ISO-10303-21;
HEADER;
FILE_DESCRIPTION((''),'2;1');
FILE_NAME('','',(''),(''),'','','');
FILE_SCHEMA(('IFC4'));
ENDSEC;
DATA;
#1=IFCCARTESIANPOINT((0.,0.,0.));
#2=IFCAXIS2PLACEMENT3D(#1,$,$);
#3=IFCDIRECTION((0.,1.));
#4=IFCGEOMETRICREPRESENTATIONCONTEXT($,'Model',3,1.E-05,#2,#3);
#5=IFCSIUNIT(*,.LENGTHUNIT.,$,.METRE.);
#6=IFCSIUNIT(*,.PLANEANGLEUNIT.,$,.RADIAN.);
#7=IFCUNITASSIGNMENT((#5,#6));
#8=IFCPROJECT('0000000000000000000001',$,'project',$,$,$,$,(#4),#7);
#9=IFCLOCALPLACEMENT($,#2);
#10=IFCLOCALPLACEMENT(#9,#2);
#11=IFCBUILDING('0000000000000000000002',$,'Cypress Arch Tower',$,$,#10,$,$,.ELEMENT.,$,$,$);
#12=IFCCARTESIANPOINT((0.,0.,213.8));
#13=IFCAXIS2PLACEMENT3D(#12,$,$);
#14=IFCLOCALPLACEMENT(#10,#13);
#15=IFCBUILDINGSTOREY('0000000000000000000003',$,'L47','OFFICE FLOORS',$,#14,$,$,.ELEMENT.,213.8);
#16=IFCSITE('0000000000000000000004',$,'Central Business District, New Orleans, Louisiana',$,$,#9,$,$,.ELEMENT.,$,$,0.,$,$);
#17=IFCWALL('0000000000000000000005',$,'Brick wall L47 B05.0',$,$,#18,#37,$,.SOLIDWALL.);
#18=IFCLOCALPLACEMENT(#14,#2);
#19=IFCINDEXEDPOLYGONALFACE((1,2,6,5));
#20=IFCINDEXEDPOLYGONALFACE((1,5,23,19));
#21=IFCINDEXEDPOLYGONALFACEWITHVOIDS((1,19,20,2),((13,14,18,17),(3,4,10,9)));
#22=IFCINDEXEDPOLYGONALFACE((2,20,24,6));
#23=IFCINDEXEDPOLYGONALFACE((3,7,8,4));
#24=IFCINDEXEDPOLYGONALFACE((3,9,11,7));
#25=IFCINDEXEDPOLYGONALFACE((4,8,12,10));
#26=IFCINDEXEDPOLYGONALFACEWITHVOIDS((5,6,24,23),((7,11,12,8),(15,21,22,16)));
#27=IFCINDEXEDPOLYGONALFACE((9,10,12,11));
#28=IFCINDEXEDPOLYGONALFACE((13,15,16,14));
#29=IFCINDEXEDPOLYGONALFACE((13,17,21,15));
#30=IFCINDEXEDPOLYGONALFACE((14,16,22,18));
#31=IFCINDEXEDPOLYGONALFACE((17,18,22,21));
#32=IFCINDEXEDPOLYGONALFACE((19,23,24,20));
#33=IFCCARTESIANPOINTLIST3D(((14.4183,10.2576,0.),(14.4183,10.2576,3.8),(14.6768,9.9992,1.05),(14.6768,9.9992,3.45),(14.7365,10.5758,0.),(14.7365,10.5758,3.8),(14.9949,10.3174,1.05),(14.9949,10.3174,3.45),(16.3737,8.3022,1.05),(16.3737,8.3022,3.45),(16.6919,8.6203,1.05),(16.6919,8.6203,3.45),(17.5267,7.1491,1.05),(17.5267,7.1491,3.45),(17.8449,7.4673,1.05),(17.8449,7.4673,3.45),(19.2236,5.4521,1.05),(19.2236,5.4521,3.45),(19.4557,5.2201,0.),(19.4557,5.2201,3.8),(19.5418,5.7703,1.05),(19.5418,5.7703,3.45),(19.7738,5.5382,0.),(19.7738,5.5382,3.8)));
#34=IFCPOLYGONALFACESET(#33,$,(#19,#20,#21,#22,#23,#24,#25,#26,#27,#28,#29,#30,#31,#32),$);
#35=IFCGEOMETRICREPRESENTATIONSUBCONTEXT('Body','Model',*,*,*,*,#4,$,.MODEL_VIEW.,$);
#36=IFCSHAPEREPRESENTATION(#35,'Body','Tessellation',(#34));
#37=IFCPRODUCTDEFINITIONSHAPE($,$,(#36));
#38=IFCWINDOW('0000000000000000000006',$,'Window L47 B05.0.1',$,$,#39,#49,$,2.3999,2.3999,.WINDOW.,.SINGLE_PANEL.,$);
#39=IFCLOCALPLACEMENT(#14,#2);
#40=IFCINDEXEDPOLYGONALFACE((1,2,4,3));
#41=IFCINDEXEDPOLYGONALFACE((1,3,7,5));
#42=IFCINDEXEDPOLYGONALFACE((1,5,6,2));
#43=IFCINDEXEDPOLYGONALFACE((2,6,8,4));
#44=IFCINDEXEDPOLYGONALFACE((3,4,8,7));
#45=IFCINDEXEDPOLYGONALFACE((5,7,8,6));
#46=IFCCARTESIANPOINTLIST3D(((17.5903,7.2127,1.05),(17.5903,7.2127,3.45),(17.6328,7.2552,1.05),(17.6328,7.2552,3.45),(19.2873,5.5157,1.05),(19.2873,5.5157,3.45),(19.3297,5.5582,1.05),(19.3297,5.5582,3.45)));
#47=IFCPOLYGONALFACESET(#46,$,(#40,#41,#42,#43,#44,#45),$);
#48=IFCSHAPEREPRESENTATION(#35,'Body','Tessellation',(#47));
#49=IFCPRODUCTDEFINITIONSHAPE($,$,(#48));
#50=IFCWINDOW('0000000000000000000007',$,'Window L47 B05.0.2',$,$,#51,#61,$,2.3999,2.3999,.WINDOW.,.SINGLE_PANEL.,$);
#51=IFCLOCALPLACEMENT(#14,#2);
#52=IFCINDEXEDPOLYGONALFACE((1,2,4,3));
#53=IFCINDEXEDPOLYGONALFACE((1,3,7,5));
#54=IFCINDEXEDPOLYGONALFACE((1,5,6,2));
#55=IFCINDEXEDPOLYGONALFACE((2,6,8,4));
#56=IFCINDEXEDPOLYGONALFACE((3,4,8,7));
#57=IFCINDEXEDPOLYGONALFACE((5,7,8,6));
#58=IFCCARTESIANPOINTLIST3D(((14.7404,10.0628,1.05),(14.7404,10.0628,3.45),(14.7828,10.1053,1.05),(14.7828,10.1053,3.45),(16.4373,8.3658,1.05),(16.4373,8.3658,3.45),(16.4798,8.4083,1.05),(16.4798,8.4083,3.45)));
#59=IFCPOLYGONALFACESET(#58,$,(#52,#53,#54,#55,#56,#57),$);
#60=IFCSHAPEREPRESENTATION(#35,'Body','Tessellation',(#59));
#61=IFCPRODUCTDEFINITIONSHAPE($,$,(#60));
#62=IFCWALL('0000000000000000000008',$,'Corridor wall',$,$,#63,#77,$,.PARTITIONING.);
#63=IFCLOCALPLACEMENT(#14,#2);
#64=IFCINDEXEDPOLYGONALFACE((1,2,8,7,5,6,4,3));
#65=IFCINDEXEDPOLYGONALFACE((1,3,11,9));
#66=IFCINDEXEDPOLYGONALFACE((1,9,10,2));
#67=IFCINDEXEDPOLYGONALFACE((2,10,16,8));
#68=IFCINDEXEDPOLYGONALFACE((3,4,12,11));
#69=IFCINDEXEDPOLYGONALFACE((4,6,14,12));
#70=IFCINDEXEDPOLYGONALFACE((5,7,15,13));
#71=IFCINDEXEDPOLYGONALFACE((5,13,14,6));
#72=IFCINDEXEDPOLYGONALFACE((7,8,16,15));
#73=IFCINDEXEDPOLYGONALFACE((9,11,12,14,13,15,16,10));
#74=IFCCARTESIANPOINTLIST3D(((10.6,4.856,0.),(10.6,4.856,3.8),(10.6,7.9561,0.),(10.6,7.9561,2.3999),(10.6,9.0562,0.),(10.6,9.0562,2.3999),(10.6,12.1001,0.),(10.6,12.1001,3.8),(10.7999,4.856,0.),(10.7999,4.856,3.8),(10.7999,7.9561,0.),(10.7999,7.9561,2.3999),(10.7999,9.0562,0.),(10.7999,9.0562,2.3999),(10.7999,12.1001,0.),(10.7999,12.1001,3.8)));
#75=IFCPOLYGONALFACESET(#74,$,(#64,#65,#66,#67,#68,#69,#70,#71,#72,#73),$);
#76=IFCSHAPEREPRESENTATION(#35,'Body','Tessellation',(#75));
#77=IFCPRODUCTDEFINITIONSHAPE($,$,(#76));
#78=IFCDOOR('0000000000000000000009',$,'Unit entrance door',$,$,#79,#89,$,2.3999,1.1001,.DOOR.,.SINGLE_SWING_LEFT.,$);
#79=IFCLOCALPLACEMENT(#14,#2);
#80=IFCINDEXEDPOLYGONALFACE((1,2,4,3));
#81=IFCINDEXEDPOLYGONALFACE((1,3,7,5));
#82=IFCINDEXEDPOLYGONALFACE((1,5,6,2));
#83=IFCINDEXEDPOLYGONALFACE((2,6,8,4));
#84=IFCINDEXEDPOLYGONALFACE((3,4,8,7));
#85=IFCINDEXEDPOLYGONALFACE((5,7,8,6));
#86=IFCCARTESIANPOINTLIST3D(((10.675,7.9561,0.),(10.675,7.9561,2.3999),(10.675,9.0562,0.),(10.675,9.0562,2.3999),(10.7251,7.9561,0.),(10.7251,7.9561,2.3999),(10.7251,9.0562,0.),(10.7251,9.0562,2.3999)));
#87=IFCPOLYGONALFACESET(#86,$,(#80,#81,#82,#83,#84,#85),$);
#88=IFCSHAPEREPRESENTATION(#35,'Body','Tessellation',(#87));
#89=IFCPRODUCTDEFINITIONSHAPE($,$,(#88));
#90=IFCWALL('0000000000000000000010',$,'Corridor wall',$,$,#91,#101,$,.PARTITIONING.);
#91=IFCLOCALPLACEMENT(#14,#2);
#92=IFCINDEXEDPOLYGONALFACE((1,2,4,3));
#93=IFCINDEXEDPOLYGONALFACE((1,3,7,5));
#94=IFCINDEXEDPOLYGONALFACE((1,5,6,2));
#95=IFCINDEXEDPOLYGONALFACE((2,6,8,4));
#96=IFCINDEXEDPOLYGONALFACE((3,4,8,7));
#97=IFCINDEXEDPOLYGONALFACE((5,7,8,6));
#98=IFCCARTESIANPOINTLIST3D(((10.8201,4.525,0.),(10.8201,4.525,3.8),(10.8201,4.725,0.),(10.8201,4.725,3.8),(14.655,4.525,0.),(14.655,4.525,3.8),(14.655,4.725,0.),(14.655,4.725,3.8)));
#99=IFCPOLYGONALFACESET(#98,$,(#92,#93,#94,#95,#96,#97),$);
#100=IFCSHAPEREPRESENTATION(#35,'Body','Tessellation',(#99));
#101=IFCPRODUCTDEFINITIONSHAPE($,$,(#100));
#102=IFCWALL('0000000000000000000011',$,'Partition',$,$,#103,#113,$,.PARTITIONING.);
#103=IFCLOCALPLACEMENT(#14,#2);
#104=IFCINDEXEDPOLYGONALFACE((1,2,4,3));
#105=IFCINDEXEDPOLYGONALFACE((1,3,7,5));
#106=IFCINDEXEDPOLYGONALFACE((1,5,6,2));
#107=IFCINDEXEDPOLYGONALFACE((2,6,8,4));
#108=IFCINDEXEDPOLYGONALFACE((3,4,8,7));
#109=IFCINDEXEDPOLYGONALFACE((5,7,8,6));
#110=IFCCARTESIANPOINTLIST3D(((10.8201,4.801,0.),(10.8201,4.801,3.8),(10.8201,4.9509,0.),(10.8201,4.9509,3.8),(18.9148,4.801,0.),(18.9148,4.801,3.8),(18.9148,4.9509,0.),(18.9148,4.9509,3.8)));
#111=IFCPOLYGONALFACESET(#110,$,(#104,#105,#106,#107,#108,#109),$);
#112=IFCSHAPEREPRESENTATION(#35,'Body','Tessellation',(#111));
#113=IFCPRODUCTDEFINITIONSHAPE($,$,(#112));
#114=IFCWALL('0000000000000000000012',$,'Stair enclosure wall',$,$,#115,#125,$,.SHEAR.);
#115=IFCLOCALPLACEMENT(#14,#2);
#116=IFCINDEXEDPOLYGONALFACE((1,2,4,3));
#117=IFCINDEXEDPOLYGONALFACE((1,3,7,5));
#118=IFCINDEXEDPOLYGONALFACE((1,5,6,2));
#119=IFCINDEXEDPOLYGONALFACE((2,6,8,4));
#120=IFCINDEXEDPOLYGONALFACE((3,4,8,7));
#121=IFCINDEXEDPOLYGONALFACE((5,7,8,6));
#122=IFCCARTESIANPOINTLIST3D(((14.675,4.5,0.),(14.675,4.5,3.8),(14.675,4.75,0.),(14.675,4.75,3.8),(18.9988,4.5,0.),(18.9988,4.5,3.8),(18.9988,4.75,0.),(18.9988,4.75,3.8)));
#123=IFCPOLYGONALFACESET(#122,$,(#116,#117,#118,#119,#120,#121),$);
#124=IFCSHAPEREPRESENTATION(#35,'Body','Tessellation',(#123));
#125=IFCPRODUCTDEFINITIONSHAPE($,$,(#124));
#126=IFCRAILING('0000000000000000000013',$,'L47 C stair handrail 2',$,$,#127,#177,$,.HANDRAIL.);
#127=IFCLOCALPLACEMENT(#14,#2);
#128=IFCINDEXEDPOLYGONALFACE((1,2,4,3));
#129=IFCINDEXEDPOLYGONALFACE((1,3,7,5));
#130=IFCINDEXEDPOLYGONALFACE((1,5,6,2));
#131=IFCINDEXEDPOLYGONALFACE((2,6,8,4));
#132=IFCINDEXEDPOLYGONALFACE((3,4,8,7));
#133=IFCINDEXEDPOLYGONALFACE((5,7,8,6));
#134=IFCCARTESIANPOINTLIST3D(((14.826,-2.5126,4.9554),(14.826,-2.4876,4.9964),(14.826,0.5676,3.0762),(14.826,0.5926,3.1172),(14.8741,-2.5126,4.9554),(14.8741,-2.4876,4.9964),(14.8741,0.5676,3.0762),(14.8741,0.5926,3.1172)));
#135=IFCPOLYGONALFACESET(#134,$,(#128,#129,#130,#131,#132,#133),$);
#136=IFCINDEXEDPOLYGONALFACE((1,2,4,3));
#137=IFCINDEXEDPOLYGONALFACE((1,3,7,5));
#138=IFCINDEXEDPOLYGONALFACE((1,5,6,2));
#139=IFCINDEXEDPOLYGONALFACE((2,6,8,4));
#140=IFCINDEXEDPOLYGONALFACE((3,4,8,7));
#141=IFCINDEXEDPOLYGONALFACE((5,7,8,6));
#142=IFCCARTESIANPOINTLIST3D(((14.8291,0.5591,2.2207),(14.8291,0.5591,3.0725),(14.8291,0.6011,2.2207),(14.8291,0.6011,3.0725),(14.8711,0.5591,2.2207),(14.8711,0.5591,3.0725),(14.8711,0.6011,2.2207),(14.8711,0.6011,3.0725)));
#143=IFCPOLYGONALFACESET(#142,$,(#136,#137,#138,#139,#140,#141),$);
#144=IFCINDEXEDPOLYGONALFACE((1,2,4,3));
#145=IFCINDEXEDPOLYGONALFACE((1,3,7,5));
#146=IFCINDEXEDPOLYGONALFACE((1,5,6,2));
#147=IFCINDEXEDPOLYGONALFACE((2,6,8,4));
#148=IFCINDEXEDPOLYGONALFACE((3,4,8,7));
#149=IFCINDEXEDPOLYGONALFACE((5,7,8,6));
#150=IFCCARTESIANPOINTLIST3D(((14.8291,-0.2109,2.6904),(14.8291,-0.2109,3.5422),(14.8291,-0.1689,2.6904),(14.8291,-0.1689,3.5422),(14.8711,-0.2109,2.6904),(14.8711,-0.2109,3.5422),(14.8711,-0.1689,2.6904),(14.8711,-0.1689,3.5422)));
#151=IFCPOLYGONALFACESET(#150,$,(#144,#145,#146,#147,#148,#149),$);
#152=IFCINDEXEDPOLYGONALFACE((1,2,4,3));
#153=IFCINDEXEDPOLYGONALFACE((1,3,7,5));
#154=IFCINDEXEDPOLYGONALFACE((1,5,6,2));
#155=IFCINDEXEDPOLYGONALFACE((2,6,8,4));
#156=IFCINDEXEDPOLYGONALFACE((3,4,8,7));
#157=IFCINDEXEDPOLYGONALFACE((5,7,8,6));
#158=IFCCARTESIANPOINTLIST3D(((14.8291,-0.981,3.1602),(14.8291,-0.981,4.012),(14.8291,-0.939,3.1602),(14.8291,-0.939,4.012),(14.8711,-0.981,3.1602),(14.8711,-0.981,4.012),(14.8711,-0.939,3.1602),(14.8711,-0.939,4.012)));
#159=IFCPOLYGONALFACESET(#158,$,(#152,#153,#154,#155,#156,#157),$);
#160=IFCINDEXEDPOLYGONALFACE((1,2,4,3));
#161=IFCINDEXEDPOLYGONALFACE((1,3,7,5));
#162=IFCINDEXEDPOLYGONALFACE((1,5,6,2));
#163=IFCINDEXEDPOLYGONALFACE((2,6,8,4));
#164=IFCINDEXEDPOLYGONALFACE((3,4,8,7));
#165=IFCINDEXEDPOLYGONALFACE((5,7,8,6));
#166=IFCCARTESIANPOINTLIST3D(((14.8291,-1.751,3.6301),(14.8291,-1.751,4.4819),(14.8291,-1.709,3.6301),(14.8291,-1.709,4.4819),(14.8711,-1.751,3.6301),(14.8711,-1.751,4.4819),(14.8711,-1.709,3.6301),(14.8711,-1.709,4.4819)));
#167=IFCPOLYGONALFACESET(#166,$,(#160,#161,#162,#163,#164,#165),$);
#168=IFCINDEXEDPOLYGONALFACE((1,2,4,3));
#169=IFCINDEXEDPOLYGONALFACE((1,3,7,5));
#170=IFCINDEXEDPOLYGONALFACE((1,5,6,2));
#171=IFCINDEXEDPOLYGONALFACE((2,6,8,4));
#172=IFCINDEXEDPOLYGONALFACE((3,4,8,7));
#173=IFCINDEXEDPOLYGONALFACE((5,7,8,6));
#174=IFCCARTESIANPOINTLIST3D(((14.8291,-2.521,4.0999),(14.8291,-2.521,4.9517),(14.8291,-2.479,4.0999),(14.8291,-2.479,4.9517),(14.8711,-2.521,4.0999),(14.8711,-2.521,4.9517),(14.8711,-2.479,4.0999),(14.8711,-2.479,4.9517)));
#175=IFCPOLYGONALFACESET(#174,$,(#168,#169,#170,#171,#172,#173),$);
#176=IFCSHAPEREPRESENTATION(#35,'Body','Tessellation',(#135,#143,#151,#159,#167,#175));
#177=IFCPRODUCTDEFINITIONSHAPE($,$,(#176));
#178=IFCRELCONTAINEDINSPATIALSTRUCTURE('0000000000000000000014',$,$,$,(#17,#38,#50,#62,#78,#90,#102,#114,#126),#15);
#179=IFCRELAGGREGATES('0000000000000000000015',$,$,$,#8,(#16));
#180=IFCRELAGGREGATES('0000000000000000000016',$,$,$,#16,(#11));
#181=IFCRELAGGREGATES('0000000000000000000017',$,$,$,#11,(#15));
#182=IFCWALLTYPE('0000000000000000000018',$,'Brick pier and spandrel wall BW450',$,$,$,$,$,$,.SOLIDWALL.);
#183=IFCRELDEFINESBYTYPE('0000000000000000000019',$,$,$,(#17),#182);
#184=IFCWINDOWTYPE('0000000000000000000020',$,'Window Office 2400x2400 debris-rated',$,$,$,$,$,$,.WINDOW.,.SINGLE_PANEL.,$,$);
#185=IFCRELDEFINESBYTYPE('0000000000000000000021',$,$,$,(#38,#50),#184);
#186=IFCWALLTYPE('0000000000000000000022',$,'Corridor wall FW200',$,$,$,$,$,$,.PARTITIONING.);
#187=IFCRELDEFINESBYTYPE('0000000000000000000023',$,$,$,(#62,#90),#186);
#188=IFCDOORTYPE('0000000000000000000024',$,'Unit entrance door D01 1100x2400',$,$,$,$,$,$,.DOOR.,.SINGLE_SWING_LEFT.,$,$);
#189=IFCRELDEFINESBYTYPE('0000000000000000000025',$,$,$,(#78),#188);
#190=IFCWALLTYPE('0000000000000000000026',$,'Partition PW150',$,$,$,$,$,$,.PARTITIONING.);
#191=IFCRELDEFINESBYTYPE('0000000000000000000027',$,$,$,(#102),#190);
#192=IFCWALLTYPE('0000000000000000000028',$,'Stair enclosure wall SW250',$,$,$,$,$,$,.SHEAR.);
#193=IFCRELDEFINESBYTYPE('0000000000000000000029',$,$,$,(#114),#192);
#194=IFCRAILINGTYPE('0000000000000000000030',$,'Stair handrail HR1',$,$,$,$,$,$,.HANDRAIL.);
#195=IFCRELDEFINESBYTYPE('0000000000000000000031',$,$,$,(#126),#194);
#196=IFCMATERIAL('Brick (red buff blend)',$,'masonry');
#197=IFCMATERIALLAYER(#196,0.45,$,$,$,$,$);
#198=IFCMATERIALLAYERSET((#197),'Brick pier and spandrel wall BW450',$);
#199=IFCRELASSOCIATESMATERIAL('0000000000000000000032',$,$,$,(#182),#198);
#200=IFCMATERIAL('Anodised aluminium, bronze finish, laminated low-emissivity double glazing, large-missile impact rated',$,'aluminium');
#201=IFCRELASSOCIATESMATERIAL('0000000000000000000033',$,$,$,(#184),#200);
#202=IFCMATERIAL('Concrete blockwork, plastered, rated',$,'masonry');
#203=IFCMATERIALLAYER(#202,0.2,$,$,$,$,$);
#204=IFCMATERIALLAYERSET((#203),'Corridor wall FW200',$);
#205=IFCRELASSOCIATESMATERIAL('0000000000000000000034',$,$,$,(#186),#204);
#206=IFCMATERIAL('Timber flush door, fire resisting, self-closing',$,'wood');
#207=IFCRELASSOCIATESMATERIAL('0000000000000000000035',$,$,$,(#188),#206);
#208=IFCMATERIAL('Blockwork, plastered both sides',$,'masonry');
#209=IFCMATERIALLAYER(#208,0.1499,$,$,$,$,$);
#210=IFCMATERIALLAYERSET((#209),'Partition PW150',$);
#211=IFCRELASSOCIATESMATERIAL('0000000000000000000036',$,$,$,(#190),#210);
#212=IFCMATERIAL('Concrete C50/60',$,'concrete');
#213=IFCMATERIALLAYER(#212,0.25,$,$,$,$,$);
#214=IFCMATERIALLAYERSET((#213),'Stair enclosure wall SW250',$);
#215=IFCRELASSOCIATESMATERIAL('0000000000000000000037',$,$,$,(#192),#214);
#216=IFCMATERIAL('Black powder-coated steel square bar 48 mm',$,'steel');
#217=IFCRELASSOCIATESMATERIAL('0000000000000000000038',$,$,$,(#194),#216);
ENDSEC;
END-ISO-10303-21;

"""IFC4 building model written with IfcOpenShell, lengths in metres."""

from ifc_helpers import new_model, si_unit, direction, frame, frame_2d, origin, origin_2d, place, context, subcontext, project, spatial, rectangle, extrude, material, layer, layer_set, type_object, element, fill, save


model = new_model("IFC4")

# Units and contexts
model_context = context("Model", 3, precision=1e-05, world=origin(), true_north=direction((0.0, 1.0)))
body_context = subcontext(model_context, "Body", "Model", "MODEL_VIEW")
ifc_project = project(units=[si_unit("LENGTHUNIT", "METRE"), si_unit("PLANEANGLEUNIT", "RADIAN")], contexts=[model_context])

# Site, building, storey
site_placement = place(None, origin())
site = spatial("IfcSite", under=ifc_project, at=site_placement, Name="Central Business District, New Orleans, Louisiana", CompositionType="ELEMENT", RefElevation=0.0)
building_placement = place(site_placement, origin())
building = spatial("IfcBuilding", under=site, at=building_placement, Name="Cypress Arch Tower", CompositionType="ELEMENT")
storey_placement = place(building_placement, frame((0.0, 0.0, 213.8)))
storey = spatial("IfcBuildingStorey", under=building, at=storey_placement, Name="L47", Description="OFFICE FLOORS", CompositionType="ELEMENT", Elevation=213.8)

# Wall, openings, windows
ifc_material_1 = material(Name="Brick (red buff blend)", Category="masonry")
ifc_layer_1 = layer(ifc_material_1, 0.45)
ifc_layer_set_1 = layer_set([ifc_layer_1], Name="Brick pier and spandrel wall BW450")
wall_type_1 = type_object("IfcWallType", Name="Brick pier and spandrel wall BW450", PredefinedType="SOLIDWALL", material=ifc_layer_set_1)
wall_1_placement = place(storey_placement, frame((19.6147, 5.3792, 0.0), z_axis=(0.0, 0.0, 1.0), x_axis=(-0.70709, 0.707124, 0.0)))
wall_1 = element("IfcWall", 1, at=wall_1_placement, inside=storey, type_object=wall_type_1, Name="Brick wall L47 B05.0", PredefinedType="SOLIDWALL", context=body_context, shape_type="SweptSolid", body=[
    extrude(rectangle(XDim=7.124, YDim=0.45, at=frame_2d((3.562, 0.0))), origin(), (0.0, 0.0, 1.0), 3.8),
])
opening_1_placement = place(wall_1_placement, frame((0.3281, 0.0, 1.05)))
opening_1 = element("IfcOpeningElement", 2, at=opening_1_placement, cuts=wall_1, PredefinedType="OPENING", context=body_context, shape_type="SweptSolid", body=[
    extrude(rectangle(XDim=2.3999, YDim=2.3999, at=frame_2d((1.2, 1.2))), frame((0.0, 0.2349, 0.0), z_axis=(0.0, -1.0, 0.0), x_axis=(1.0, 0.0, 0.0)), (0.0, 0.0, 1.0), 0.47),
])
opening_2_placement = place(wall_1_placement, frame((4.3586, 0.0, 1.05)))
opening_2 = element("IfcOpeningElement", 3, at=opening_2_placement, cuts=wall_1, PredefinedType="OPENING", context=body_context, shape_type="SweptSolid", body=[
    extrude(rectangle(XDim=2.3999, YDim=2.3999, at=frame_2d((1.2, 1.2))), frame((0.0, 0.2349, 0.0), z_axis=(0.0, -1.0, 0.0), x_axis=(1.0, 0.0, 0.0)), (0.0, 0.0, 1.0), 0.47),
])
ifc_material_2 = material(Name="Anodised aluminium, bronze finish, laminated low-emissivity double glazing, large-missile impact rated", Category="aluminium")
window_type = type_object("IfcWindowType", Name="Window Office 2400x2400 debris-rated", PartitioningType="SINGLE_PANEL", PredefinedType="WINDOW", material=ifc_material_2)
window_1_placement = place(opening_1_placement, origin())
window_1 = element("IfcWindow", 4, at=window_1_placement, inside=storey, type_object=window_type, Name="Window L47 B05.0.1", OverallHeight=2.3999, OverallWidth=2.3999, PartitioningType="SINGLE_PANEL", PredefinedType="WINDOW", context=body_context, shape_type="SweptSolid", body=[
    extrude(rectangle(XDim=2.3999, YDim=2.3999, at=frame_2d((1.2, 1.2))), frame((0.0, 0.135, 0.0), z_axis=(0.0, -1.0, 0.0), x_axis=(1.0, 0.0, 0.0)), (0.0, 0.0, 1.0), 0.0601),
])
fill(opening_1, window_1)
window_2_placement = place(opening_2_placement, origin())
window_2 = element("IfcWindow", 5, at=window_2_placement, inside=storey, type_object=window_type, Name="Window L47 B05.0.2", OverallHeight=2.3999, OverallWidth=2.3999, PartitioningType="SINGLE_PANEL", PredefinedType="WINDOW", context=body_context, shape_type="SweptSolid", body=[
    extrude(rectangle(XDim=2.3999, YDim=2.3999, at=frame_2d((1.2, 1.2))), frame((0.0, 0.135, 0.0), z_axis=(0.0, -1.0, 0.0), x_axis=(1.0, 0.0, 0.0)), (0.0, 0.0, 1.0), 0.0601),
])
fill(opening_2, window_2)

# Wall, opening, door
ifc_material_3 = material(Name="Concrete blockwork, plastered, rated", Category="masonry")
ifc_layer_2 = layer(ifc_material_3, 0.2)
ifc_layer_set_2 = layer_set([ifc_layer_2], Name="Corridor wall FW200")
wall_type_2 = type_object("IfcWallType", Name="Corridor wall FW200", PredefinedType="PARTITIONING", material=ifc_layer_set_2)
wall_2_placement = place(storey_placement, frame((10.7, 4.856, 0.0), z_axis=(0.0, 0.0, 1.0), x_axis=(0.0, 1.0, 0.0)))
wall_2 = element("IfcWall", 6, at=wall_2_placement, inside=storey, type_object=wall_type_2, Name="Corridor wall", PredefinedType="PARTITIONING", context=body_context, shape_type="SweptSolid", body=[
    extrude(rectangle(XDim=7.2441, YDim=0.2, at=frame_2d((3.6221, 0.0))), origin(), (0.0, 0.0, 1.0), 3.8),
])
opening_3_placement = place(wall_2_placement, frame((3.1001, 0.0, 0.0)))
opening_3 = element("IfcOpeningElement", 7, at=opening_3_placement, cuts=wall_2, PredefinedType="OPENING", context=body_context, shape_type="SweptSolid", body=[
    extrude(rectangle(XDim=1.1001, YDim=2.3999, at=frame_2d((0.55, 1.2))), frame((0.0, 0.1099, 0.0), z_axis=(0.0, -1.0, 0.0), x_axis=(1.0, 0.0, 0.0)), (0.0, 0.0, 1.0), 0.22),
])
ifc_material_4 = material(Name="Timber flush door, fire resisting, self-closing", Category="wood")
door_type = type_object("IfcDoorType", Name="Unit entrance door D01 1100x2400", OperationType="SINGLE_SWING_LEFT", PredefinedType="DOOR", material=ifc_material_4)
door_placement = place(opening_3_placement, origin())
door = element("IfcDoor", 8, at=door_placement, inside=storey, type_object=door_type, Name="Unit entrance door", OperationType="SINGLE_SWING_LEFT", OverallHeight=2.3999, OverallWidth=1.1001, PredefinedType="DOOR", context=body_context, shape_type="SweptSolid", body=[
    extrude(rectangle(XDim=1.1001, YDim=2.3999, at=frame_2d((0.55, 1.2))), frame((0.0, 0.0249, 0.0), z_axis=(0.0, -1.0, 0.0), x_axis=(1.0, 0.0, 0.0)), (0.0, 0.0, 1.0), 0.05),
])
fill(opening_3, door)

# Walls
wall_3_placement = place(storey_placement, frame((10.8201, 4.625, 0.0), z_axis=(0.0, 0.0, 1.0), x_axis=(1.0, 0.0, 0.0)))
element("IfcWall", 9, at=wall_3_placement, inside=storey, type_object=wall_type_2, Name="Corridor wall", PredefinedType="PARTITIONING", context=body_context, shape_type="SweptSolid", body=[
    extrude(rectangle(XDim=3.835, YDim=0.2, at=frame_2d((1.9175, 0.0))), origin(), (0.0, 0.0, 1.0), 3.8),
])
ifc_material_5 = material(Name="Blockwork, plastered both sides", Category="masonry")
ifc_layer_3 = layer(ifc_material_5, 0.1499)
ifc_layer_set_3 = layer_set([ifc_layer_3], Name="Partition PW150")
wall_type_3 = type_object("IfcWallType", Name="Partition PW150", PredefinedType="PARTITIONING", material=ifc_layer_set_3)
wall_4_placement = place(storey_placement, frame((10.8201, 4.876, 0.0), z_axis=(0.0, 0.0, 1.0), x_axis=(1.0, 0.0, 0.0)))
element("IfcWall", 10, at=wall_4_placement, inside=storey, type_object=wall_type_3, Name="Partition", PredefinedType="PARTITIONING", context=body_context, shape_type="SweptSolid", body=[
    extrude(rectangle(XDim=8.0947, YDim=0.1499, at=frame_2d((4.0474, 0.0))), origin(), (0.0, 0.0, 1.0), 3.8),
])
ifc_material_6 = material(Name="Concrete C50/60", Category="concrete")
ifc_layer_4 = layer(ifc_material_6, 0.25)
ifc_layer_set_4 = layer_set([ifc_layer_4], Name="Stair enclosure wall SW250")
wall_type_4 = type_object("IfcWallType", Name="Stair enclosure wall SW250", PredefinedType="SHEAR", material=ifc_layer_set_4)
wall_5_placement = place(storey_placement, frame((14.675, 4.625, 0.0), z_axis=(0.0, 0.0, 1.0), x_axis=(1.0, 0.0, 0.0)))
element("IfcWall", 11, at=wall_5_placement, inside=storey, type_object=wall_type_4, Name="Stair enclosure wall", PredefinedType="SHEAR", context=body_context, shape_type="SweptSolid", body=[
    extrude(rectangle(XDim=4.3237, YDim=0.25, at=frame_2d((2.1619, 0.0))), origin(), (0.0, 0.0, 1.0), 3.8),
])

# Railing
ifc_material_7 = material(Name="Black powder-coated steel square bar 48 mm", Category="steel")
railing_type_1 = type_object("IfcRailingType", Name="Stair handrail HR1", PredefinedType="HANDRAIL", material=ifc_material_7)
railing_1_placement = place(storey_placement, frame((14.8501, 0.5801, 2.2207)))
element("IfcRailing", 12, at=railing_1_placement, inside=storey, type_object=railing_type_1, Name="L47 C stair handrail 2", PredefinedType="HANDRAIL", context=body_context, shape_type="SweptSolid", body=[
    extrude(rectangle(XDim=0.0481, YDim=0.0481, at=origin_2d()), frame((0.0, 0.0, 0.876), z_axis=(0.0, -0.853666, 0.52082), x_axis=(1.0, 0.0, 0.0)), (0.0, 0.0, 1.0), 3.6082),
    extrude(rectangle(XDim=0.042, YDim=0.042, at=origin_2d()), origin(), (0.0, 0.0, 1.0), 0.8518),
    extrude(rectangle(XDim=0.042, YDim=0.042, at=origin_2d()), frame((0.0, -0.77, 0.4697)), (0.0, 0.0, 1.0), 0.8518),
    extrude(rectangle(XDim=0.042, YDim=0.042, at=origin_2d()), frame((0.0, -1.54, 0.9395)), (0.0, 0.0, 1.0), 0.8518),
    extrude(rectangle(XDim=0.042, YDim=0.042, at=origin_2d()), frame((0.0, -2.3101, 1.4094)), (0.0, 0.0, 1.0), 0.8518),
    extrude(rectangle(XDim=0.042, YDim=0.042, at=origin_2d()), frame((0.0, -3.0801, 1.8792)), (0.0, 0.0, 1.0), 0.8518),
])

save(model, "model.ifc")
